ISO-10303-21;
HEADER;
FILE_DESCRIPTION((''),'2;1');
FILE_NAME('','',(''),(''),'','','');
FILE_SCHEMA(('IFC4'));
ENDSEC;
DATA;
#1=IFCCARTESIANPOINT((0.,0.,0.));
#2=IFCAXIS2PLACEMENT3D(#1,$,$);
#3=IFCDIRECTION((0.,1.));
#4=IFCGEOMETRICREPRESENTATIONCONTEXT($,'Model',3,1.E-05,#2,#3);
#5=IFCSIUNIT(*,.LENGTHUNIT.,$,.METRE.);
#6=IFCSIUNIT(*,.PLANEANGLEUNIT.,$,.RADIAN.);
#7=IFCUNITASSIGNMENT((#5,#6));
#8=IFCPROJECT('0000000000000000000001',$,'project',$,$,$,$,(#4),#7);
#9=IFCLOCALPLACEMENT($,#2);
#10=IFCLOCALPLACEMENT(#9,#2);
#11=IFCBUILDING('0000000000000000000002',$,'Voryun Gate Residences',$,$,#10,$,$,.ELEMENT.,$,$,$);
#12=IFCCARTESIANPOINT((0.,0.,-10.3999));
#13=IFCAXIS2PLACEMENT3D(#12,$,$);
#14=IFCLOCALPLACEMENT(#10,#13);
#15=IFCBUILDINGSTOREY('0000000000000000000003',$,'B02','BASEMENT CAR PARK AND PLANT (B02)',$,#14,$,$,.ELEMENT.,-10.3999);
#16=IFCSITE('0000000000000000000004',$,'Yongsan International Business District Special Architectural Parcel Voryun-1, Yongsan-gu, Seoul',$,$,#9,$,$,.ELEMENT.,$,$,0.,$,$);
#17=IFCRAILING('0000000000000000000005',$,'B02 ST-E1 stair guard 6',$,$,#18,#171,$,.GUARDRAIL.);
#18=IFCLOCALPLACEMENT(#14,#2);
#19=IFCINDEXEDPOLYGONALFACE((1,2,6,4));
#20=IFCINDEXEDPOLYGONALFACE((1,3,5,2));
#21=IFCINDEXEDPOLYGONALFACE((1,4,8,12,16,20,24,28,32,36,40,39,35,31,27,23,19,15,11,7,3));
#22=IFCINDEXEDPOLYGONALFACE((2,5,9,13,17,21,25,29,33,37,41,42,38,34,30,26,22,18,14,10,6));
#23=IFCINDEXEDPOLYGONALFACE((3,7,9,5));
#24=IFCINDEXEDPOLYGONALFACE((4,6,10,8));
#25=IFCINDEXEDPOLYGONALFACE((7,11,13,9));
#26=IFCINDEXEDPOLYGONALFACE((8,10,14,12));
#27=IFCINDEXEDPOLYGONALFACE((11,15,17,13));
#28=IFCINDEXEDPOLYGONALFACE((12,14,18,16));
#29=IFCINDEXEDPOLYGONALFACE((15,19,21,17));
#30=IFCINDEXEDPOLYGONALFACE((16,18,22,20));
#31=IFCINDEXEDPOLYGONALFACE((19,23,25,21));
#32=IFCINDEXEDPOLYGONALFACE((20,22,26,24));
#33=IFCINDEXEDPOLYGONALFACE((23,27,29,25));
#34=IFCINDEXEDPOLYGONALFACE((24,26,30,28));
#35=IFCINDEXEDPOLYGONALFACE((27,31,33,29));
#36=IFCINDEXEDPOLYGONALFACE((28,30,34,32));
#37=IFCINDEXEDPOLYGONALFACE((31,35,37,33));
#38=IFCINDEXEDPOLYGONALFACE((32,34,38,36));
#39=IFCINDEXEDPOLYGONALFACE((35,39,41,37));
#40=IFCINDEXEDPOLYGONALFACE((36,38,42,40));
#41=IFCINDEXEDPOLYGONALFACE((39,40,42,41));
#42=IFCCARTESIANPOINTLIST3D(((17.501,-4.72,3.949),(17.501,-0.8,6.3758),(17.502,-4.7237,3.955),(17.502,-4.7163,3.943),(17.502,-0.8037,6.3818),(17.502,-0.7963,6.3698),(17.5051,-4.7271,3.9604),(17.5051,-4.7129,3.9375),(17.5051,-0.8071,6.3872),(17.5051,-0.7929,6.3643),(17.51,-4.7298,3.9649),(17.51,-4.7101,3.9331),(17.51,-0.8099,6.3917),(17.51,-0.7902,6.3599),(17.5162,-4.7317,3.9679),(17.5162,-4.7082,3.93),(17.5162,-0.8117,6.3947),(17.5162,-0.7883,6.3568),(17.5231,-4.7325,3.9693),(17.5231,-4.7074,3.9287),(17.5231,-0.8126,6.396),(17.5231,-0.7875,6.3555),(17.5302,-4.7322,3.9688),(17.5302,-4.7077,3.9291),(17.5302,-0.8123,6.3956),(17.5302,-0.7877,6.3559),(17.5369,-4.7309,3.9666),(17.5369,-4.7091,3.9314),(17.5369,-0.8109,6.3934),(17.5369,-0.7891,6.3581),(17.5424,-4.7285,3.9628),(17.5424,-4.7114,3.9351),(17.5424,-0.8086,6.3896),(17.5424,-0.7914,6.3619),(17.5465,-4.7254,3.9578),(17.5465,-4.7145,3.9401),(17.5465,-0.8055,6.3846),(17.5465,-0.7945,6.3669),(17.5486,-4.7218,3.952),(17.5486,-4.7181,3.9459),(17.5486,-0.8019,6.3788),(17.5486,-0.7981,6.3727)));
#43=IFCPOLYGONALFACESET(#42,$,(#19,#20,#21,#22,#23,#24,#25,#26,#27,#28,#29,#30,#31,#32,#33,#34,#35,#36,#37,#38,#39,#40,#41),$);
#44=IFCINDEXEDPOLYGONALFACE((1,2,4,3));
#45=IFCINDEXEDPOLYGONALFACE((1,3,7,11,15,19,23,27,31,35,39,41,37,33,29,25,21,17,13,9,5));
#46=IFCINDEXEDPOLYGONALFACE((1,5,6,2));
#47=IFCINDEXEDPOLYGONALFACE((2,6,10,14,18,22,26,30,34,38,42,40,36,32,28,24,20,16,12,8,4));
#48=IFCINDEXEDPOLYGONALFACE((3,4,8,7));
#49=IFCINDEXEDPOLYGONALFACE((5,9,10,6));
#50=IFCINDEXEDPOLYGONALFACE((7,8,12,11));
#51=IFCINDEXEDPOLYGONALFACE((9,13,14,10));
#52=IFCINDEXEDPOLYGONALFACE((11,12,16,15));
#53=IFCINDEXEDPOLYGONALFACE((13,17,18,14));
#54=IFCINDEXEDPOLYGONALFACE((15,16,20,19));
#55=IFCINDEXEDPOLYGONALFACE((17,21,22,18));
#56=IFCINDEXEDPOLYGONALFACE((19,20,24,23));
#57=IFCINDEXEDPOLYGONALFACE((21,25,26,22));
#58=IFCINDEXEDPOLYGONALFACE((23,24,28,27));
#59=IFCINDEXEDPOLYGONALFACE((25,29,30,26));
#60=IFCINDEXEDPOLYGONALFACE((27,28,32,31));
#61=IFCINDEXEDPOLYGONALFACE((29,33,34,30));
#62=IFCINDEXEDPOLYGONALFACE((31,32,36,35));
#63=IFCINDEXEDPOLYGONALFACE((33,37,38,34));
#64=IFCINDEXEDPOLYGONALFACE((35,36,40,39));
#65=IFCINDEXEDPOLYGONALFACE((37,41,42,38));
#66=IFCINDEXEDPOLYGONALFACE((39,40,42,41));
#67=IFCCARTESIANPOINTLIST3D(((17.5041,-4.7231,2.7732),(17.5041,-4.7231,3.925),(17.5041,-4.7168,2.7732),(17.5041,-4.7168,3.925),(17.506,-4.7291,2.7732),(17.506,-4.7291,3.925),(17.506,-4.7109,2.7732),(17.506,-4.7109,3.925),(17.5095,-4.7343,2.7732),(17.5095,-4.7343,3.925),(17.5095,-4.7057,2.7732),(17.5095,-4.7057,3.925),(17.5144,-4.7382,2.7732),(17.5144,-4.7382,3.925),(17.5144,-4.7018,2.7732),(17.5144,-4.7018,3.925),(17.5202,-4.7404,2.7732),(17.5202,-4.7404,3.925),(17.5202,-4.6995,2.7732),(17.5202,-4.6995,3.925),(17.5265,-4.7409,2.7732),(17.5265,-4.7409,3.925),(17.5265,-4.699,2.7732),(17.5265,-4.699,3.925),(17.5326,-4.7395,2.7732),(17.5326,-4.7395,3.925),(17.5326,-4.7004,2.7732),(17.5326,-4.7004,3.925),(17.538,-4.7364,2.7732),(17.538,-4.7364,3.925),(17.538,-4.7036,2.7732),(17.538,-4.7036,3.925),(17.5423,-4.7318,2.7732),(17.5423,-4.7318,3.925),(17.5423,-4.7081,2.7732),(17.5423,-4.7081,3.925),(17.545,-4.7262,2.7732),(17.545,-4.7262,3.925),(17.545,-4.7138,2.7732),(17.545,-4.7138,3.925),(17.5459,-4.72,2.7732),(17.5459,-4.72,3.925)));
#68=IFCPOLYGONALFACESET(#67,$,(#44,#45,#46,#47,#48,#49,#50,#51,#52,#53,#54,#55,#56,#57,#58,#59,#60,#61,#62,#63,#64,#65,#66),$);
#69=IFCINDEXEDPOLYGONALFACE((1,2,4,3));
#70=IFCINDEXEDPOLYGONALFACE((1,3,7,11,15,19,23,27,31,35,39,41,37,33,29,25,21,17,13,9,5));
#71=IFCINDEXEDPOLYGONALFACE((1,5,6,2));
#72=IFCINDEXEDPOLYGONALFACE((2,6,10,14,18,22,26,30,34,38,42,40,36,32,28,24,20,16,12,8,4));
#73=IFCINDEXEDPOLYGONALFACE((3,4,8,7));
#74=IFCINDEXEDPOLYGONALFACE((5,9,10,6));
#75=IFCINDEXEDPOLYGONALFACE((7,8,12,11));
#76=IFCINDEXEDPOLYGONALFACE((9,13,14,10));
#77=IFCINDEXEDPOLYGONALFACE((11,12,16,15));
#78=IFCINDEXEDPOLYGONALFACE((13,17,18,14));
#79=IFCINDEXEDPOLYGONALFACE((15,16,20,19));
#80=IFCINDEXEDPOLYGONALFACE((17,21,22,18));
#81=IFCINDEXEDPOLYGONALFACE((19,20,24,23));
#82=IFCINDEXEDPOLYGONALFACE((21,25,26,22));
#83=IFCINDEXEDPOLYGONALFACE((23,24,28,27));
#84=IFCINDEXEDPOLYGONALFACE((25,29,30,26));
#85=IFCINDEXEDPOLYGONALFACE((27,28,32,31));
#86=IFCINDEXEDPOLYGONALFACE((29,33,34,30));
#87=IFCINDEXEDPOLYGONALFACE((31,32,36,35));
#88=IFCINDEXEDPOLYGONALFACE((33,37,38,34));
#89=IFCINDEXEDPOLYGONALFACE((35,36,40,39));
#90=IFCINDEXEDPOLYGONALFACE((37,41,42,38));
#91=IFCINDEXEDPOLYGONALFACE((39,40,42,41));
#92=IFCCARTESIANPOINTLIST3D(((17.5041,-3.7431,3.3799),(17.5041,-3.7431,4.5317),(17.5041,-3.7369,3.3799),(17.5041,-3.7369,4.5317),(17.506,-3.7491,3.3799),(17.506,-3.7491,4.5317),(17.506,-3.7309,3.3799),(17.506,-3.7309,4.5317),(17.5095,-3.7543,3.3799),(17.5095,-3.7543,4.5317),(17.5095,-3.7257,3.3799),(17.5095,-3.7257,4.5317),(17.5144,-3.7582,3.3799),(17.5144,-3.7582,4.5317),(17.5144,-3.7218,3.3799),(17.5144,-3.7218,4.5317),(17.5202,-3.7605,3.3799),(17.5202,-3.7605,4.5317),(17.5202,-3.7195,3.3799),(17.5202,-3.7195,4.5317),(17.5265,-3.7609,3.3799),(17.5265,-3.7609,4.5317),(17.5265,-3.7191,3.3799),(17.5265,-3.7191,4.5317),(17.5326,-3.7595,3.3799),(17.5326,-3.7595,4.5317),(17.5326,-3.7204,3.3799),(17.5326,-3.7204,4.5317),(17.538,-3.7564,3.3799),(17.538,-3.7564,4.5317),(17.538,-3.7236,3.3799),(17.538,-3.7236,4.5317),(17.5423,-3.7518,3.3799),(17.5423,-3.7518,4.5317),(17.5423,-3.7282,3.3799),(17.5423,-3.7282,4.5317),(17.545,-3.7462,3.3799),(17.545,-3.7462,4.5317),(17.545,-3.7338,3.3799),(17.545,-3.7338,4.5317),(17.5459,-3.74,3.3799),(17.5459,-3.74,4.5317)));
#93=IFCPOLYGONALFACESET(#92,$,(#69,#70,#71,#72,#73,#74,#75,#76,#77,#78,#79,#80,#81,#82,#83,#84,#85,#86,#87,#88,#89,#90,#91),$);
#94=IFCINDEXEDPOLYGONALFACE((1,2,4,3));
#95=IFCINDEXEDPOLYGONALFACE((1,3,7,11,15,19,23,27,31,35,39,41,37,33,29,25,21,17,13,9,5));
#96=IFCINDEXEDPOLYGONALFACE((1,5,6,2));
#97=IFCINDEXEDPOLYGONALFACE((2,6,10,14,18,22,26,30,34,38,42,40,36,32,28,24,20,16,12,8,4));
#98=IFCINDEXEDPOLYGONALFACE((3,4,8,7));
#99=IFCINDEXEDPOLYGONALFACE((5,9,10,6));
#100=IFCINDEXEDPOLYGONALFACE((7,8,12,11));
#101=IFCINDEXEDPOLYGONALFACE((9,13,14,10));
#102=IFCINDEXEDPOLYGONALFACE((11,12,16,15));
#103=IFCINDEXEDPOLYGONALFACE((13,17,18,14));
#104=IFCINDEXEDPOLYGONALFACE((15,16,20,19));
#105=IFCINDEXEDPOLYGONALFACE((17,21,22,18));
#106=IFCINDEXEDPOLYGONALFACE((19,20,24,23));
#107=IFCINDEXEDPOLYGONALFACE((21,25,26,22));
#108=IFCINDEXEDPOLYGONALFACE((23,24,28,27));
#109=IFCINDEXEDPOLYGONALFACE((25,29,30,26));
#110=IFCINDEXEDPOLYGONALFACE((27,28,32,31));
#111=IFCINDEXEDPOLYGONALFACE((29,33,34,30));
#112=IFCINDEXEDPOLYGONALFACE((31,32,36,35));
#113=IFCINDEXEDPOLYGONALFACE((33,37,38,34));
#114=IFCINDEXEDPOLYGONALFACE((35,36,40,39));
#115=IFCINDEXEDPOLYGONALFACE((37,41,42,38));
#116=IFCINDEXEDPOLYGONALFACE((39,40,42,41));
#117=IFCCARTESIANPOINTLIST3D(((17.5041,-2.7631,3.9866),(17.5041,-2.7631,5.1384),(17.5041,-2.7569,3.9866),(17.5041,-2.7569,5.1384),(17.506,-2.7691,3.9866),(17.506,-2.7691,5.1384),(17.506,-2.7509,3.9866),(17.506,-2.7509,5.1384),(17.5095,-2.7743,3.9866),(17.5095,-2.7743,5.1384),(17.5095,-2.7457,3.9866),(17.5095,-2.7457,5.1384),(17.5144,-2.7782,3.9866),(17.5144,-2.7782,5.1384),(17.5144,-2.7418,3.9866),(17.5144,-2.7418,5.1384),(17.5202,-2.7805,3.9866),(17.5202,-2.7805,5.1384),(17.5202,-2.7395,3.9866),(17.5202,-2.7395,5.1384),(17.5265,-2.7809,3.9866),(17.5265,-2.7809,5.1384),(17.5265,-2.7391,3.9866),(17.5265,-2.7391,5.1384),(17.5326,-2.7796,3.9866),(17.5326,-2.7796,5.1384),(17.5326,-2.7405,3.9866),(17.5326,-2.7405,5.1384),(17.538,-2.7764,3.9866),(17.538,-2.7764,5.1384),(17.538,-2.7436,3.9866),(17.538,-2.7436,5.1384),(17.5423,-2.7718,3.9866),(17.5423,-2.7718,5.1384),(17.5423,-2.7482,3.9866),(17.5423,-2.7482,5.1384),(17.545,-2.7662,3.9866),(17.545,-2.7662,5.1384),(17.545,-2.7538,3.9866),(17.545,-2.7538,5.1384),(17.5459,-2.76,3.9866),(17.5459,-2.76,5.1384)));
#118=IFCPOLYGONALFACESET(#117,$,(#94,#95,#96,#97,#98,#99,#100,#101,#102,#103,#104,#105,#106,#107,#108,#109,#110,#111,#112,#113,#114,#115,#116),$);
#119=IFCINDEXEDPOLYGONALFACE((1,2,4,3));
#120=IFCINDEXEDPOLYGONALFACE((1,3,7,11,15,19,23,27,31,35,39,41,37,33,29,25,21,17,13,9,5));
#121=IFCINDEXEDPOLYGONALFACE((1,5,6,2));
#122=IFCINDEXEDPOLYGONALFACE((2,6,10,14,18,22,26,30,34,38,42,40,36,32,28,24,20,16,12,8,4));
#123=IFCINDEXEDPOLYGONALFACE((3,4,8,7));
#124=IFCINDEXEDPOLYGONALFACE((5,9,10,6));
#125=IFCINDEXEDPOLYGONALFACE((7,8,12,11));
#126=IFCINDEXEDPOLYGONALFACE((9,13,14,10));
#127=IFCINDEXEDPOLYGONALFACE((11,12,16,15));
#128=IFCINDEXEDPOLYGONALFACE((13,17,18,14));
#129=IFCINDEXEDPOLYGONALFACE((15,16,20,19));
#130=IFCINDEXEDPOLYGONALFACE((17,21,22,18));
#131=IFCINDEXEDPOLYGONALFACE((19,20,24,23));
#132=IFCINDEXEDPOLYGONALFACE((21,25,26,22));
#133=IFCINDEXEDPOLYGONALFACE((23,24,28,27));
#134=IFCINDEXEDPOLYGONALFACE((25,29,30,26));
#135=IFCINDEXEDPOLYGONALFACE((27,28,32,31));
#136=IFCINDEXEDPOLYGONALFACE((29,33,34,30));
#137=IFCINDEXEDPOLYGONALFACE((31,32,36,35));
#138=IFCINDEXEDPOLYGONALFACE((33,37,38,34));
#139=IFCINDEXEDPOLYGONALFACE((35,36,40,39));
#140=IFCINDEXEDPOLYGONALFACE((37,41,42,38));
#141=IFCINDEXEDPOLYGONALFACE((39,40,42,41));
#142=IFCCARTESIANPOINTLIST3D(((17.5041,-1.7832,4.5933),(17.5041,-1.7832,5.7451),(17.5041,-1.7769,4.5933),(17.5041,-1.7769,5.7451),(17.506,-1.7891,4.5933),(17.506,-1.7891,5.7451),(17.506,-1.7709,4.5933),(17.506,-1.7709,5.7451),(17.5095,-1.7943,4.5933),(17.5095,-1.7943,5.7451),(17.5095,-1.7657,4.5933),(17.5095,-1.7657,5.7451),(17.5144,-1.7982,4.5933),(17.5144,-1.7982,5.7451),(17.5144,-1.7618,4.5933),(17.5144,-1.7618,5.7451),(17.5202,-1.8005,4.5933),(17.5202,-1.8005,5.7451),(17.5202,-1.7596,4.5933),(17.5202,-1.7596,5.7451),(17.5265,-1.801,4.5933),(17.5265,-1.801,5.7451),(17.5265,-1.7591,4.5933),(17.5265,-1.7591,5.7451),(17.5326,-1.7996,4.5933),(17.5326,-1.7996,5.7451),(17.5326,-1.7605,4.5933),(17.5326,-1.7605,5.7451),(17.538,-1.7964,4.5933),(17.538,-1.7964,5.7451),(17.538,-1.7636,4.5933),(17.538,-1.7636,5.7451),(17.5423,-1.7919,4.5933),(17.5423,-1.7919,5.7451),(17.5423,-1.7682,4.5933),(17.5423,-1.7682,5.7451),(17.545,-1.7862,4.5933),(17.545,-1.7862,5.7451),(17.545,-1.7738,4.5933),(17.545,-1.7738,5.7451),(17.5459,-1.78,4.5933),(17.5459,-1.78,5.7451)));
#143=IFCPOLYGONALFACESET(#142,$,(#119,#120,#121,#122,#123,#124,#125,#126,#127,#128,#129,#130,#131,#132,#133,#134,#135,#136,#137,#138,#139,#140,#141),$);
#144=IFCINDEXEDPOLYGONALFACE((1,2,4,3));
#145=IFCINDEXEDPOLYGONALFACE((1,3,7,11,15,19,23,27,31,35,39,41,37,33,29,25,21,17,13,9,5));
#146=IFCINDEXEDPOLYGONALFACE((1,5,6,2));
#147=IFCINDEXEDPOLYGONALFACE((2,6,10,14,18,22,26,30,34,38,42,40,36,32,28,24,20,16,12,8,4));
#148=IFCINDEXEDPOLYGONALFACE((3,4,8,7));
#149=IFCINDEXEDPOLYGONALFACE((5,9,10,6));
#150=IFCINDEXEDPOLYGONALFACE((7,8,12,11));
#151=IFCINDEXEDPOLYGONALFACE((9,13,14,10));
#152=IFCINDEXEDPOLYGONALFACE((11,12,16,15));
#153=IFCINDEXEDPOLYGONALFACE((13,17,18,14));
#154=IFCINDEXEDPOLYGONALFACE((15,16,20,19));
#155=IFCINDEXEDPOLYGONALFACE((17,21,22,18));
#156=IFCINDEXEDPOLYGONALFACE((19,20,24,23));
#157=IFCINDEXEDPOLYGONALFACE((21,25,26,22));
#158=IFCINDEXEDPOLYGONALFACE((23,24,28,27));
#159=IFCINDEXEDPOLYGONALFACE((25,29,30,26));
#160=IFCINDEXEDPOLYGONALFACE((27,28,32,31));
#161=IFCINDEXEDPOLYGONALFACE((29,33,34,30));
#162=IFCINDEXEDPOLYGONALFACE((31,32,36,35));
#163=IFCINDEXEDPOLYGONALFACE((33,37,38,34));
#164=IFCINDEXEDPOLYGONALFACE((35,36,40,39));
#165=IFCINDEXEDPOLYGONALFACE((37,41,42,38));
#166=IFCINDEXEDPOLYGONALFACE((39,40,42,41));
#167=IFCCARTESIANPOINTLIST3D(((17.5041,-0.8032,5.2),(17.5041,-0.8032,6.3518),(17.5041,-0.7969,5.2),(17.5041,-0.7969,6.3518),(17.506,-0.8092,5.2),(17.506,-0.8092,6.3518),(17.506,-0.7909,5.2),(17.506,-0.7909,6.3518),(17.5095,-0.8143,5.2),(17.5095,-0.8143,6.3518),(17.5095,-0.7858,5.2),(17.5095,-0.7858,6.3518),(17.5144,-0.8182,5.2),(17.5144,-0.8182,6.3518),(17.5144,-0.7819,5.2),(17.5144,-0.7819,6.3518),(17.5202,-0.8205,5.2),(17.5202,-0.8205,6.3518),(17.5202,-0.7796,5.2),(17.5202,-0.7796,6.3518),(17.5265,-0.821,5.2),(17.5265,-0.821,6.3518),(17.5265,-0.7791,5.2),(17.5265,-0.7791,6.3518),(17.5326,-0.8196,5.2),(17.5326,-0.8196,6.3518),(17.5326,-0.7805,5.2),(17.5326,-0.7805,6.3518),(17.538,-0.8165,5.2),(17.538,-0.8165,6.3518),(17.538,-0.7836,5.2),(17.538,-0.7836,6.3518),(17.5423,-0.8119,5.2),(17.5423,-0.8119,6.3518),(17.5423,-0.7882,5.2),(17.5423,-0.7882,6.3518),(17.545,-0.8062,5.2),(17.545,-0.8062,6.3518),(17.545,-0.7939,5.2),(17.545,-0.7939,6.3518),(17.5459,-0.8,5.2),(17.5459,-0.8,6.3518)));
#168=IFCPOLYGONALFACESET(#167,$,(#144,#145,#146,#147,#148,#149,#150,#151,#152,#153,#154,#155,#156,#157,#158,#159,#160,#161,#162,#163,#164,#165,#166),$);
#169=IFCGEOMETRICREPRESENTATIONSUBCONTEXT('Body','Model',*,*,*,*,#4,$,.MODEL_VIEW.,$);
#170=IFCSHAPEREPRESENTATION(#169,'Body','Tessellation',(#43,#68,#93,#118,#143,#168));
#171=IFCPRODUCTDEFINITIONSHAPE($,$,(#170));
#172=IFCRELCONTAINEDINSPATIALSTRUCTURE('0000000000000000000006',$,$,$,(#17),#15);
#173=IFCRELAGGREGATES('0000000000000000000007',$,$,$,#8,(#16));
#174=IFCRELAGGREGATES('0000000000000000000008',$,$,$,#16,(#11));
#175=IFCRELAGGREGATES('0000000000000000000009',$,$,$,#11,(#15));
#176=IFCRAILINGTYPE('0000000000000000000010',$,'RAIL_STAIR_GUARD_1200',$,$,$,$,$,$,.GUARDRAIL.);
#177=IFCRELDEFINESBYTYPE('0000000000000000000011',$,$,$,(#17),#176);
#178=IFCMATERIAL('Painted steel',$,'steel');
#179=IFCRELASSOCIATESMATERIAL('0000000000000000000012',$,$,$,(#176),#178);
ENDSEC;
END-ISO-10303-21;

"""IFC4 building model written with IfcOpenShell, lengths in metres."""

from ifc_helpers import new_model, si_unit, direction, frame, origin, origin_2d, place, context, subcontext, project, spatial, circle, extrude, material, type_object, element, save


model = new_model("IFC4")

# Units and contexts
model_context = context("Model", 3, precision=1e-05, world=origin(), true_north=direction((0.0, 1.0)))
body_context = subcontext(model_context, "Body", "Model", "MODEL_VIEW")
ifc_project = project(units=[si_unit("LENGTHUNIT", "METRE"), si_unit("PLANEANGLEUNIT", "RADIAN")], contexts=[model_context])

# Site, building, storey
site_placement = place(None, origin())
site = spatial("IfcSite", under=ifc_project, at=site_placement, Name="Yongsan International Business District Special Architectural Parcel Voryun-1, Yongsan-gu, Seoul", CompositionType="ELEMENT", RefElevation=0.0)
building_placement = place(site_placement, origin())
building = spatial("IfcBuilding", under=site, at=building_placement, Name="Voryun Gate Residences", CompositionType="ELEMENT")
storey_placement = place(building_placement, frame((0.0, 0.0, -10.3999)))
storey = spatial("IfcBuildingStorey", under=building, at=storey_placement, Name="B02", Description="BASEMENT CAR PARK AND PLANT (B02)", CompositionType="ELEMENT", Elevation=-10.3999)

# Railing
ifc_material_1 = material(Name="Painted steel", Category="steel")
railing_type_1 = type_object("IfcRailingType", Name="RAIL_STAIR_GUARD_1200", PredefinedType="GUARDRAIL", material=ifc_material_1)
railing_1_placement = place(storey_placement, frame((17.5249, -4.72, 2.7732)))
element("IfcRailing", 1, at=railing_1_placement, inside=storey, type_object=railing_type_1, Name="B02 ST-E1 stair guard 6", PredefinedType="GUARDRAIL", context=body_context, shape_type="SweptSolid", body=[
    extrude(circle(Radius=0.0239, at=origin_2d()), frame((0.0, 0.0, 1.1758), z_axis=(0.0, 0.850252, 0.526376), x_axis=(-1.0, 0.0, 0.0)), (0.0, 0.0, 1.0), 4.6104),
    extrude(circle(Radius=0.021, at=origin_2d()), origin(), (0.0, 0.0, 1.0), 1.1519),
    extrude(circle(Radius=0.021, at=origin_2d()), frame((0.0, 0.98, 0.6067)), (0.0, 0.0, 1.0), 1.1519),
    extrude(circle(Radius=0.021, at=origin_2d()), frame((0.0, 1.96, 1.2134)), (0.0, 0.0, 1.0), 1.1519),
    extrude(circle(Radius=0.021, at=origin_2d()), frame((0.0, 2.9399, 1.8201)), (0.0, 0.0, 1.0), 1.1519),
    extrude(circle(Radius=0.021, at=origin_2d()), frame((0.0, 3.9199, 2.4268)), (0.0, 0.0, 1.0), 1.1519),
])

save(model, "model.ifc")
